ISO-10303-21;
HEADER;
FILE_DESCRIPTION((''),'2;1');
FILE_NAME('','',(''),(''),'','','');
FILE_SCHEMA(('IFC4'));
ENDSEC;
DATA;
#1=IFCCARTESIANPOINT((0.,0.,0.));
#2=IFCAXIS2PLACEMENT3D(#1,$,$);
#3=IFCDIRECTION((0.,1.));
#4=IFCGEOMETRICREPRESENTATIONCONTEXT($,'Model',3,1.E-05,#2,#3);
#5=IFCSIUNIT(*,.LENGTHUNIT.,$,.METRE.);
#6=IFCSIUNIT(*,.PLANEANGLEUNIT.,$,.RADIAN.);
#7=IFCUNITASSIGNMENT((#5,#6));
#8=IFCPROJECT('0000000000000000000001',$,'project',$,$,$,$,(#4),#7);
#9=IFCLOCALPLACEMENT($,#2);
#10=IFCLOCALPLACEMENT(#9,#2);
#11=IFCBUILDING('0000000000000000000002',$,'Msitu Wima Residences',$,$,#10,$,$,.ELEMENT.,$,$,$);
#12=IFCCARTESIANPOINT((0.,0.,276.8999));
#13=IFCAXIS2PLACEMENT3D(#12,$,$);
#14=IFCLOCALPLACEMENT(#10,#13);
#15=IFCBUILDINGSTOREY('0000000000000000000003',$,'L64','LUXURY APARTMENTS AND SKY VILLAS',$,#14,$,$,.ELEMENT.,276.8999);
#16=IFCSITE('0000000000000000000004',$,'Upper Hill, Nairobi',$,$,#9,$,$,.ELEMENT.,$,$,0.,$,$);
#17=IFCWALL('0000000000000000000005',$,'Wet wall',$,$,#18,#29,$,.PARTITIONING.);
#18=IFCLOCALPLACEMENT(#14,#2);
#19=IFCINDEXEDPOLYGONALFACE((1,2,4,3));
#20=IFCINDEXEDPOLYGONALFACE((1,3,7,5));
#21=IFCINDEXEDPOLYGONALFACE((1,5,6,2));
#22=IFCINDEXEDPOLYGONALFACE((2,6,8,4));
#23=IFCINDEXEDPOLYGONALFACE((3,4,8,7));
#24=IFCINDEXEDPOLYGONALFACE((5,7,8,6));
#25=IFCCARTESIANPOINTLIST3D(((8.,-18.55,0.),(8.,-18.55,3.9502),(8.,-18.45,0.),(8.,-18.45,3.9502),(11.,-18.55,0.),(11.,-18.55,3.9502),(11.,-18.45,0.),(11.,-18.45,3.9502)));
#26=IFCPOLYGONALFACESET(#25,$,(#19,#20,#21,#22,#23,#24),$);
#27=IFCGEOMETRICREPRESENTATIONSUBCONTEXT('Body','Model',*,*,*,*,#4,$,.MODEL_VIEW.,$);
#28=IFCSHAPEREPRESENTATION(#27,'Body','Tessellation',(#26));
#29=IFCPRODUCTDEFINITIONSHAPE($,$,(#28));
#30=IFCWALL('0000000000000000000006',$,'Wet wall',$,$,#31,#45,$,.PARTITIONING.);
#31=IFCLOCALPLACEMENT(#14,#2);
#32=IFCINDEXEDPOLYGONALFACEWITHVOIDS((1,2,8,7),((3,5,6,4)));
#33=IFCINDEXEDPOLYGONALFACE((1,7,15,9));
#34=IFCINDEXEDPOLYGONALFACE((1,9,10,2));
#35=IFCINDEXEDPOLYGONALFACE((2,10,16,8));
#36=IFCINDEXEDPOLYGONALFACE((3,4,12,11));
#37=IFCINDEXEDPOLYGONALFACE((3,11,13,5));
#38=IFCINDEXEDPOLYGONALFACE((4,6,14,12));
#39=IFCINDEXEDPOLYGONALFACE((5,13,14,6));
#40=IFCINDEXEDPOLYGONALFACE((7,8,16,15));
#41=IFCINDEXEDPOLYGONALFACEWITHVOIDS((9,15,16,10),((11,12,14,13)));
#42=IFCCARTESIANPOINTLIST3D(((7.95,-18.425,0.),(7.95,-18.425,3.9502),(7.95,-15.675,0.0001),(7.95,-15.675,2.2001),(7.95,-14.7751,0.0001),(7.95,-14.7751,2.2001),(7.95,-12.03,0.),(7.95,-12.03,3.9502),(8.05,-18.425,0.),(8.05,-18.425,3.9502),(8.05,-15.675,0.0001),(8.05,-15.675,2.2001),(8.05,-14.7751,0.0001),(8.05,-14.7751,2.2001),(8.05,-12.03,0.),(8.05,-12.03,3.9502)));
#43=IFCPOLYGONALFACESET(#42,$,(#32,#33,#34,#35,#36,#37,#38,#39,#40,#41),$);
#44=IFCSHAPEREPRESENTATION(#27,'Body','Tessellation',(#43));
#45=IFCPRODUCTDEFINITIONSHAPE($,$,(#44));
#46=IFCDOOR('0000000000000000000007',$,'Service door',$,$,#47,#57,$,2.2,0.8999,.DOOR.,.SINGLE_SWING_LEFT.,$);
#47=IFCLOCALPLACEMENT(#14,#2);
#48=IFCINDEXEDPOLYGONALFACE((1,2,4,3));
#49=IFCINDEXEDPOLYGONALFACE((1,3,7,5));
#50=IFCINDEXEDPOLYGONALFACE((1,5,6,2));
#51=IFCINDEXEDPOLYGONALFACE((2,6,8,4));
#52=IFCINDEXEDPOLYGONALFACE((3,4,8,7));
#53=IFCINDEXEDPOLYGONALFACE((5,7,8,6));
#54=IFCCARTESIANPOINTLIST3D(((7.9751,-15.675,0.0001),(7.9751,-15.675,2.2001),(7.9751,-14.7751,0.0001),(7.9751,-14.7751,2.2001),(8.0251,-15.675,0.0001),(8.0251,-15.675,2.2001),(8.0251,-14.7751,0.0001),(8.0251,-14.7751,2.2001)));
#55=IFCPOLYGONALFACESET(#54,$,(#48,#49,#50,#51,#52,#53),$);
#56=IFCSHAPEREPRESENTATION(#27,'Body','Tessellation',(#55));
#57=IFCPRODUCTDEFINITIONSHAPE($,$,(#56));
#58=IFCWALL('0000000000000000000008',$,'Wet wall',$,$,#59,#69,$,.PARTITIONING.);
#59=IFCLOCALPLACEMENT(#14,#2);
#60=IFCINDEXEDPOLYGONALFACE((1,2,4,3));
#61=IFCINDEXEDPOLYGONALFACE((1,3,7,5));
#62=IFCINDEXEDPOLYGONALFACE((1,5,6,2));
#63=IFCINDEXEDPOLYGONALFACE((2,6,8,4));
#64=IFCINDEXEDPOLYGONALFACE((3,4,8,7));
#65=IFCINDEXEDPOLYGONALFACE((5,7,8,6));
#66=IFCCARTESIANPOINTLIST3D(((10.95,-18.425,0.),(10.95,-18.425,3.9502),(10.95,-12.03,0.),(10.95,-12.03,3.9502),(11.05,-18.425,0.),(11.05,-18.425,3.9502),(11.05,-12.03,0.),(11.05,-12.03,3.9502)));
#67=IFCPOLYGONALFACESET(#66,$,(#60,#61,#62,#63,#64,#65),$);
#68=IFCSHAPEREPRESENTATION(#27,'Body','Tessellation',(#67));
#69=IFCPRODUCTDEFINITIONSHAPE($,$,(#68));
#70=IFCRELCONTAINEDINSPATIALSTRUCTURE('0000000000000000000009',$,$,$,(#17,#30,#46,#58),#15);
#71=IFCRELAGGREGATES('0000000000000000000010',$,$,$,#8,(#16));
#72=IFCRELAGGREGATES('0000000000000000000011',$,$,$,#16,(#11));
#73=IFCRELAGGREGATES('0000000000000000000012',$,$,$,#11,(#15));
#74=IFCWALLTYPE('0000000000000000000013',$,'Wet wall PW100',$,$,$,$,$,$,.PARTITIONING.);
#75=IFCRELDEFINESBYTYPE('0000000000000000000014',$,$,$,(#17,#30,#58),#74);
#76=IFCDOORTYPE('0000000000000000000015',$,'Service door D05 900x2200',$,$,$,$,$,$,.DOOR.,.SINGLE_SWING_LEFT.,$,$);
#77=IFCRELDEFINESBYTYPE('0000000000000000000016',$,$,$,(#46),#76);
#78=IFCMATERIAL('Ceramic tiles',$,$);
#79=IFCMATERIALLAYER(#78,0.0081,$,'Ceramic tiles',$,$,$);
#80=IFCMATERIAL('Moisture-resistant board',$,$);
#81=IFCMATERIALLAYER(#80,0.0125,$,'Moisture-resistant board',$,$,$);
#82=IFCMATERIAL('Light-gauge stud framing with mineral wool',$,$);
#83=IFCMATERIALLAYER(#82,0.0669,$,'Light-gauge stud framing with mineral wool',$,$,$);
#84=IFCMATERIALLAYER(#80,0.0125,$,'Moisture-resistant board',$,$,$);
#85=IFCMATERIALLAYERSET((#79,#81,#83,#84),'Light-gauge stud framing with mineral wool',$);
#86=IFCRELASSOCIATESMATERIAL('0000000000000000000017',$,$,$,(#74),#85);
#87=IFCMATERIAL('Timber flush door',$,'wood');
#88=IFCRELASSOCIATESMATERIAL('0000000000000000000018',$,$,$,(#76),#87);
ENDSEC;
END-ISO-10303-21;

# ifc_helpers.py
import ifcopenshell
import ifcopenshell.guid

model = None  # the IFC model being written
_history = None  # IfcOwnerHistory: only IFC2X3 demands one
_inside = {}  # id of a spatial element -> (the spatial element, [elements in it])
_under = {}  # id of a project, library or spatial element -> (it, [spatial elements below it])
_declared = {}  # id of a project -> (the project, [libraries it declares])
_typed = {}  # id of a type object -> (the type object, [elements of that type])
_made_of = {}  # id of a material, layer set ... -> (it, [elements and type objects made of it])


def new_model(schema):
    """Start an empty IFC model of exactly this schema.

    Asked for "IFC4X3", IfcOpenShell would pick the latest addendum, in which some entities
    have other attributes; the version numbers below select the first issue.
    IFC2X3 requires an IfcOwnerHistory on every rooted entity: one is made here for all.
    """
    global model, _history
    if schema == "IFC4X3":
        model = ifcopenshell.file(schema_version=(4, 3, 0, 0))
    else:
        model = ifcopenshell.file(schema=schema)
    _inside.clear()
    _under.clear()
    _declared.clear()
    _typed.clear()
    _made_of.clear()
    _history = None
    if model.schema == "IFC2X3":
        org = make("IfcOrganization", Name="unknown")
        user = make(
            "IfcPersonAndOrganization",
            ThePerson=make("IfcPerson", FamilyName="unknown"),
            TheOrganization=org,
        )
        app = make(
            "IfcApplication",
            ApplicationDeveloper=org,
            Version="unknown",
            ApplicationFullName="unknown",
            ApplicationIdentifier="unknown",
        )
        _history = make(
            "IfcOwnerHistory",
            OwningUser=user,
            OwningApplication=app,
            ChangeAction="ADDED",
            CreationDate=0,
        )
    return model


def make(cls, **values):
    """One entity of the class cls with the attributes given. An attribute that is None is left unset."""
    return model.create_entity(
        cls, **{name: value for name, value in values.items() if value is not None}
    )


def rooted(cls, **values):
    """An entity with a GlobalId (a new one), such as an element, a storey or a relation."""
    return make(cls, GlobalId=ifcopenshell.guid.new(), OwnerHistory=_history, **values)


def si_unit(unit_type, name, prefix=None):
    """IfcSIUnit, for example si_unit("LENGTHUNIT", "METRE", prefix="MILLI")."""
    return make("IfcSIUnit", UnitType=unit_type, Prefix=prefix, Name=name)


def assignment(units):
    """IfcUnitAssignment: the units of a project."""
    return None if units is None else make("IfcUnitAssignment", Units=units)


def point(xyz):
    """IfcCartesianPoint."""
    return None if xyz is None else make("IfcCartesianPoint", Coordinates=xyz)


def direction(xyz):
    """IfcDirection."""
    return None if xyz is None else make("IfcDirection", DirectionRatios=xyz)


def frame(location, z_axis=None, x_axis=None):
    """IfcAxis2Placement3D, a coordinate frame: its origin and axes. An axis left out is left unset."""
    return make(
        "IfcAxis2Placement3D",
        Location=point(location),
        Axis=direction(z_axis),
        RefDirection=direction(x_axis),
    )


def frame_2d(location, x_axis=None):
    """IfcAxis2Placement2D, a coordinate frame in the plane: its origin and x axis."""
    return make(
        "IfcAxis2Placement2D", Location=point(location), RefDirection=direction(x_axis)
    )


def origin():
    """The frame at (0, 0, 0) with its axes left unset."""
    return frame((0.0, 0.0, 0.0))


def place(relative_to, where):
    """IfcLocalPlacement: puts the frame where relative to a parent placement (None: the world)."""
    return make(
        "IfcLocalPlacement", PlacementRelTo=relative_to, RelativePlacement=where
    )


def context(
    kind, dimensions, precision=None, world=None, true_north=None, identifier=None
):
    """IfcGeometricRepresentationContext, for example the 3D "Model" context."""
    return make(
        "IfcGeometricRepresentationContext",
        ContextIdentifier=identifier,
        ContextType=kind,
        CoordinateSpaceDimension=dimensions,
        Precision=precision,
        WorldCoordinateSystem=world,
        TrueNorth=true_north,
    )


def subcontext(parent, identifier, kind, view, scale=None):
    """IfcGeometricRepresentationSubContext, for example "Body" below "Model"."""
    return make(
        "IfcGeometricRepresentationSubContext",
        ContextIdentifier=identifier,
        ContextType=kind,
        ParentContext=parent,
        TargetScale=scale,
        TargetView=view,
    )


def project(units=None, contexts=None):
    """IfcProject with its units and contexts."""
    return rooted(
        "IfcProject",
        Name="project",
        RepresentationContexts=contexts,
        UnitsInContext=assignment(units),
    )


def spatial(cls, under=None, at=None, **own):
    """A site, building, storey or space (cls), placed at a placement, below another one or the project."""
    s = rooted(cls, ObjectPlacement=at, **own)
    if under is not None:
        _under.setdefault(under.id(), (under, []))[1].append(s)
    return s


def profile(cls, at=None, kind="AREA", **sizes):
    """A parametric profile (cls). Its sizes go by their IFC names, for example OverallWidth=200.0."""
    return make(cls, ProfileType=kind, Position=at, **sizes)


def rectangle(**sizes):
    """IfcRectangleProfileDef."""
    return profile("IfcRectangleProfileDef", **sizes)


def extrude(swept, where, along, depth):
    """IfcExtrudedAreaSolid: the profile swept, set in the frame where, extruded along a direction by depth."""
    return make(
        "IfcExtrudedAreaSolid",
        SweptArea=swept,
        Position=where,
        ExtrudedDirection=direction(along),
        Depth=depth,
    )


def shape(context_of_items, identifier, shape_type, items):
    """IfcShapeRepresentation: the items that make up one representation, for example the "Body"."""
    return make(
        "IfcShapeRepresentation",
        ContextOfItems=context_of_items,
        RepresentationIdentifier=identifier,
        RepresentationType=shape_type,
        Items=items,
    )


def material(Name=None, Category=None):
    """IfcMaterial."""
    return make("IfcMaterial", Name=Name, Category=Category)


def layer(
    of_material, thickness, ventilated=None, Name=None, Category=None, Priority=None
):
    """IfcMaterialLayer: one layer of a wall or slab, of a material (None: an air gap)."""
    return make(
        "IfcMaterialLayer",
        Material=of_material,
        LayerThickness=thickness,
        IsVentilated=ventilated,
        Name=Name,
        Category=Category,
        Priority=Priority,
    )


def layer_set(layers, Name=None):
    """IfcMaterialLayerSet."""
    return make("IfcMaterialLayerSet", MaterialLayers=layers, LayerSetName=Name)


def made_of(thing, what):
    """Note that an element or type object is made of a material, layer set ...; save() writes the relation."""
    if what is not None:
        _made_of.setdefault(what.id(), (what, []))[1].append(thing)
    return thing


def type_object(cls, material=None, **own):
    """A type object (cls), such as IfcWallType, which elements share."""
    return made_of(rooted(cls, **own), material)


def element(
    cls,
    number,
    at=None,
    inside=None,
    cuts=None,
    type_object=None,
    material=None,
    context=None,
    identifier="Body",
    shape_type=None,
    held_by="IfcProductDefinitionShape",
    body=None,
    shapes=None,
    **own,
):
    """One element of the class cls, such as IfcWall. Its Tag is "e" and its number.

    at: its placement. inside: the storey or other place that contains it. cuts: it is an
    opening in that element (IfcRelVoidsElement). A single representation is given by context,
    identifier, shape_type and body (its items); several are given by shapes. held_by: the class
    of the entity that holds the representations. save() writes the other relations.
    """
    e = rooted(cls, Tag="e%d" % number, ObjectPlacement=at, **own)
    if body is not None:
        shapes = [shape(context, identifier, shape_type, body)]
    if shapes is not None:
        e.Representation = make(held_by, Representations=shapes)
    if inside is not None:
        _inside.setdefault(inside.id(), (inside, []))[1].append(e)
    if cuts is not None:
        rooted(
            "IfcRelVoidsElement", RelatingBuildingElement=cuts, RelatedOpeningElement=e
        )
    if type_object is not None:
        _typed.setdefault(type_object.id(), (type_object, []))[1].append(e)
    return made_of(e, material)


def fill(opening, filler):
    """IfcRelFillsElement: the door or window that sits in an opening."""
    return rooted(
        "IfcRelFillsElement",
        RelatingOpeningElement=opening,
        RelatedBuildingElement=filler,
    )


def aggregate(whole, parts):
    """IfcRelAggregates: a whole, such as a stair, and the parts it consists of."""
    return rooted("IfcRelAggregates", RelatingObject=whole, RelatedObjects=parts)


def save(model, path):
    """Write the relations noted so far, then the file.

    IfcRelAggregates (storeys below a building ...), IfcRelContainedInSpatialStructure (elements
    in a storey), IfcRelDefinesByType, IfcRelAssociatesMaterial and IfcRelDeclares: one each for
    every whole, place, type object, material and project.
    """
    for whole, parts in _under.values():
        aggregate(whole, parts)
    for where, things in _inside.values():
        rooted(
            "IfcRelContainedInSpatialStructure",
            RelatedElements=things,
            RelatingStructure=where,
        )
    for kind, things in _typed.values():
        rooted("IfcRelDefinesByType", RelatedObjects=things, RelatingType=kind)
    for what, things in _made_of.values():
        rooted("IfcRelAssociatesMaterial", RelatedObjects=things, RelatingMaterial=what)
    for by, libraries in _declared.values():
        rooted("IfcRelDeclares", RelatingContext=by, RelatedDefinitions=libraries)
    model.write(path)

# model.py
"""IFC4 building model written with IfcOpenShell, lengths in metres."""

from ifc_helpers import new_model, si_unit, direction, frame, frame_2d, origin, place, context, subcontext, project, spatial, rectangle, extrude, material, layer, layer_set, type_object, element, fill, save


model = new_model("IFC4")

# Units and contexts
model_context = context("Model", 3, precision=1e-05, world=origin(), true_north=direction((0.0, 1.0)))
body_context = subcontext(model_context, "Body", "Model", "MODEL_VIEW")
ifc_project = project(units=[si_unit("LENGTHUNIT", "METRE"), si_unit("PLANEANGLEUNIT", "RADIAN")], contexts=[model_context])

# Site, building, storey
site_placement = place(None, origin())
site = spatial("IfcSite", under=ifc_project, at=site_placement, Name="Upper Hill, Nairobi", CompositionType="ELEMENT", RefElevation=0.0)
building_placement = place(site_placement, origin())
building = spatial("IfcBuilding", under=site, at=building_placement, Name="Msitu Wima Residences", CompositionType="ELEMENT")
storey_placement = place(building_placement, frame((0.0, 0.0, 276.8999)))
storey = spatial("IfcBuildingStorey", under=building, at=storey_placement, Name="L64", Description="LUXURY APARTMENTS AND SKY VILLAS", CompositionType="ELEMENT", Elevation=276.8999)

# Shared definitions
ifc_material_1 = material(Name="Timber flush door", Category="wood")

# Wall
ifc_material_2 = material(Name="Ceramic tiles")
ifc_layer_1 = layer(ifc_material_2, 0.0081, Name="Ceramic tiles")
ifc_material_3 = material(Name="Moisture-resistant board")
ifc_layer_2 = layer(ifc_material_3, 0.0125, Name="Moisture-resistant board")
ifc_material_4 = material(Name="Light-gauge stud framing with mineral wool")
ifc_layer_3 = layer(ifc_material_4, 0.0669, Name="Light-gauge stud framing with mineral wool")
ifc_layer_4 = layer(ifc_material_3, 0.0125, Name="Moisture-resistant board")
ifc_layer_set_1 = layer_set([ifc_layer_1, ifc_layer_2, ifc_layer_3, ifc_layer_4], Name="Light-gauge stud framing with mineral wool")
wall_type_1 = type_object("IfcWallType", Name="Wet wall PW100", PredefinedType="PARTITIONING", material=ifc_layer_set_1)
wall_1_placement = place(storey_placement, frame((8.0, -18.5, 0.0), z_axis=(0.0, 0.0, 1.0), x_axis=(1.0, 0.0, 0.0)))
element("IfcWall", 1, at=wall_1_placement, inside=storey, type_object=wall_type_1, Name="Wet wall", PredefinedType="PARTITIONING", context=body_context, shape_type="SweptSolid", body=[
    extrude(rectangle(XDim=3.0, YDim=0.1001, at=frame_2d((1.5, 0.0))), origin(), (0.0, 0.0, 1.0), 3.9502),
])

# Wall, opening, door
wall_2_placement = place(storey_placement, frame((8.0, -18.425, 0.0), z_axis=(0.0, 0.0, 1.0), x_axis=(0.0, 1.0, 0.0)))
wall_2 = element("IfcWall", 2, at=wall_2_placement, inside=storey, type_object=wall_type_1, Name="Wet wall", PredefinedType="PARTITIONING", context=body_context, shape_type="SweptSolid", body=[
    extrude(rectangle(XDim=6.395, YDim=0.1001, at=frame_2d((3.1975, 0.0))), origin(), (0.0, 0.0, 1.0), 3.9502),
])
opening_1_placement = place(wall_2_placement, frame((2.75, 0.0, 0.0)))
opening_1 = element("IfcOpeningElement", 3, at=opening_1_placement, cuts=wall_2, PredefinedType="OPENING", context=body_context, shape_type="SweptSolid", body=[
    extrude(rectangle(XDim=0.8999, YDim=2.2, at=frame_2d((0.45, 1.1001))), frame((0.0, 0.0601, 0.0), z_axis=(0.0, -1.0, 0.0), x_axis=(1.0, 0.0, 0.0)), (0.0, 0.0, 1.0), 0.1201),
])
door_type_1 = type_object("IfcDoorType", Name="Service door D05 900x2200", OperationType="SINGLE_SWING_LEFT", PredefinedType="DOOR", material=ifc_material_1)
door_1_placement = place(opening_1_placement, origin())
door_1 = element("IfcDoor", 4, at=door_1_placement, inside=storey, type_object=door_type_1, Name="Service door", OperationType="SINGLE_SWING_LEFT", OverallHeight=2.2, OverallWidth=0.8999, PredefinedType="DOOR", context=body_context, shape_type="SweptSolid", body=[
    extrude(rectangle(XDim=0.8999, YDim=2.2, at=frame_2d((0.45, 1.1001))), frame((0.0, 0.0249, 0.0), z_axis=(0.0, -1.0, 0.0), x_axis=(1.0, 0.0, 0.0)), (0.0, 0.0, 1.0), 0.05),
])
fill(opening_1, door_1)

# Wall
wall_3_placement = place(storey_placement, frame((11.0, -18.425, 0.0), z_axis=(0.0, 0.0, 1.0), x_axis=(0.0, 1.0, 0.0)))
element("IfcWall", 5, at=wall_3_placement, inside=storey, type_object=wall_type_1, Name="Wet wall", PredefinedType="PARTITIONING", context=body_context, shape_type="SweptSolid", body=[
    extrude(rectangle(XDim=6.395, YDim=0.1001, at=frame_2d((3.1975, 0.0))), origin(), (0.0, 0.0, 1.0), 3.9502),
])

save(model, "model.ifc")
